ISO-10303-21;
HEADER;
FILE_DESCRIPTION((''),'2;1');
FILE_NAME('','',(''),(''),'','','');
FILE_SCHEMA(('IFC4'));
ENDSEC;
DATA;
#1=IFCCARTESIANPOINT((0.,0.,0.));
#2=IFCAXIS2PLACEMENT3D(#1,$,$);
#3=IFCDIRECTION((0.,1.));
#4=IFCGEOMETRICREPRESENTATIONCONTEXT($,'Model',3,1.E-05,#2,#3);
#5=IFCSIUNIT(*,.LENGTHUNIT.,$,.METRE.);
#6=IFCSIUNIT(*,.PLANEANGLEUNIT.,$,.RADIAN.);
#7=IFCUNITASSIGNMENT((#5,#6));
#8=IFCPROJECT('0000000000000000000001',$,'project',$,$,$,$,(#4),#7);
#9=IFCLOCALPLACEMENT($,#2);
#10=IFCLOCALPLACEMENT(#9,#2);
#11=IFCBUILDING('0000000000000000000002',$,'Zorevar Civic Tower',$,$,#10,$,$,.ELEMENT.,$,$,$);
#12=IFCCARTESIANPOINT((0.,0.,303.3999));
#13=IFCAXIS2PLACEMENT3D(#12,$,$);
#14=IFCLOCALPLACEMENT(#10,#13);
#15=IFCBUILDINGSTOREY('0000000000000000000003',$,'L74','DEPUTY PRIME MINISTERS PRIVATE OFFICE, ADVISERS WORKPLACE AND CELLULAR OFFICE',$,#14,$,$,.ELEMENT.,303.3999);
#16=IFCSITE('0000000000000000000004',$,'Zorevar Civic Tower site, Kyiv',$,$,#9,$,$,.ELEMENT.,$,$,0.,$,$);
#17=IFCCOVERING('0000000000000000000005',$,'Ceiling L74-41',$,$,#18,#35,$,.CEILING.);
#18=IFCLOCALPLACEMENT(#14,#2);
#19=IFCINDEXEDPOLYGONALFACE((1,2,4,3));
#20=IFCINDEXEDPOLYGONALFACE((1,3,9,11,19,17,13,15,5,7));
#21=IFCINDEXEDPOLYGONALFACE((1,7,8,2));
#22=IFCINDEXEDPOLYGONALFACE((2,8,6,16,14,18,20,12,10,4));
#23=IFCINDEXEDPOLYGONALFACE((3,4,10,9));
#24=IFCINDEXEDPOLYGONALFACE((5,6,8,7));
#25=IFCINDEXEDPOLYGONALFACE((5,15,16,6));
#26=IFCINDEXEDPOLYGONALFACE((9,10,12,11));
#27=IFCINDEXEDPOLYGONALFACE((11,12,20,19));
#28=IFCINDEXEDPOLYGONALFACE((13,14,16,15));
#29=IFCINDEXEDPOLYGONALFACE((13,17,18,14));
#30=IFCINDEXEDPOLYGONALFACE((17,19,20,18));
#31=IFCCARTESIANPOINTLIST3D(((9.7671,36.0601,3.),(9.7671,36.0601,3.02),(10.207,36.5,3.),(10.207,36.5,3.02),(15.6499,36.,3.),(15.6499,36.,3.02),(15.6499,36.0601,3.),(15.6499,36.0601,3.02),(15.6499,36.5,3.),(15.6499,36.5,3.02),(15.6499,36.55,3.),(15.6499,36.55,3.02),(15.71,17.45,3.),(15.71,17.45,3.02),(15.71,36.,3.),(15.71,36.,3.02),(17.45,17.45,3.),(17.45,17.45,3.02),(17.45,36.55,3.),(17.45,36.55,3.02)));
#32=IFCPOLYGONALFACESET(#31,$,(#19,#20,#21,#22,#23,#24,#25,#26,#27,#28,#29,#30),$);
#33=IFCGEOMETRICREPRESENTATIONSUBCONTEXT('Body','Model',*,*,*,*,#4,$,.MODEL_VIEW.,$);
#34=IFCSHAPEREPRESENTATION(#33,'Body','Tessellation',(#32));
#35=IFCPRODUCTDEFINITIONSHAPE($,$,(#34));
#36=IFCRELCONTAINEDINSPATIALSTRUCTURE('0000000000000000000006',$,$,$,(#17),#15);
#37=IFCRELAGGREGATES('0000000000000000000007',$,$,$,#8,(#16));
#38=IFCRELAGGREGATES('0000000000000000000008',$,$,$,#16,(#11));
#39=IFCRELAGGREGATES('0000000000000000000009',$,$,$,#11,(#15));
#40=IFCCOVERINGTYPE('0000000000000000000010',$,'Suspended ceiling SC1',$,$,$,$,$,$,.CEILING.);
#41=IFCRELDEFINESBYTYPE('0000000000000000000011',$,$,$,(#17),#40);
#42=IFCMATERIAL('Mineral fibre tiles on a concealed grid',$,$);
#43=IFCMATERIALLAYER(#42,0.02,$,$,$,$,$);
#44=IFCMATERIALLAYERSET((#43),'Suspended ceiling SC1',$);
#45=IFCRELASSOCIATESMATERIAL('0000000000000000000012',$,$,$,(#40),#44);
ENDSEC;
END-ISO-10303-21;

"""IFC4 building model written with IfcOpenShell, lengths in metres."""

from ifc_helpers import new_model, si_unit, direction, frame, origin, place, context, subcontext, project, spatial, polyline, outline, extrude, material, layer, layer_set, type_object, element, save


model = new_model("IFC4")

# Units and contexts
model_context = context("Model", 3, precision=1e-05, world=origin(), true_north=direction((0.0, 1.0)))
body_context = subcontext(model_context, "Body", "Model", "MODEL_VIEW")
ifc_project = project(units=[si_unit("LENGTHUNIT", "METRE"), si_unit("PLANEANGLEUNIT", "RADIAN")], contexts=[model_context])

# Site, building, storey
site_placement = place(None, origin())
site = spatial("IfcSite", under=ifc_project, at=site_placement, Name="Zorevar Civic Tower site, Kyiv", CompositionType="ELEMENT", RefElevation=0.0)
building_placement = place(site_placement, origin())
building = spatial("IfcBuilding", under=site, at=building_placement, Name="Zorevar Civic Tower", CompositionType="ELEMENT")
storey_placement = place(building_placement, frame((0.0, 0.0, 303.3999)))
storey = spatial("IfcBuildingStorey", under=building, at=storey_placement, Name="L74", Description="DEPUTY PRIME MINISTERS PRIVATE OFFICE, ADVISERS WORKPLACE AND CELLULAR OFFICE", CompositionType="ELEMENT", Elevation=303.3999)

# Covering
ifc_material_1 = material(Name="Mineral fibre tiles on a concealed grid")
ifc_layer_1 = layer(ifc_material_1, 0.02)
ifc_layer_set_1 = layer_set([ifc_layer_1], Name="Suspended ceiling SC1")
covering_type_1 = type_object("IfcCoveringType", Name="Suspended ceiling SC1", PredefinedType="CEILING", material=ifc_layer_set_1)
covering_1_placement = place(storey_placement, frame((0.0, 0.0, 3.0)))
element("IfcCovering", 1, at=covering_1_placement, inside=storey, type_object=covering_type_1, Name="Ceiling L74-41", PredefinedType="CEILING", context=body_context, shape_type="SweptSolid", body=[
    extrude(outline(polyline([(17.45, 17.45), (15.71, 17.45), (15.71, 36.0), (15.6499, 36.0), (15.6499, 36.0601), (9.7671, 36.0601), (10.207, 36.5), (15.6499, 36.5), (15.6499, 36.55), (17.45, 36.55), (17.45, 17.45)])), origin(), (0.0, 0.0, 1.0), 0.02),
])

save(model, "model.ifc")
